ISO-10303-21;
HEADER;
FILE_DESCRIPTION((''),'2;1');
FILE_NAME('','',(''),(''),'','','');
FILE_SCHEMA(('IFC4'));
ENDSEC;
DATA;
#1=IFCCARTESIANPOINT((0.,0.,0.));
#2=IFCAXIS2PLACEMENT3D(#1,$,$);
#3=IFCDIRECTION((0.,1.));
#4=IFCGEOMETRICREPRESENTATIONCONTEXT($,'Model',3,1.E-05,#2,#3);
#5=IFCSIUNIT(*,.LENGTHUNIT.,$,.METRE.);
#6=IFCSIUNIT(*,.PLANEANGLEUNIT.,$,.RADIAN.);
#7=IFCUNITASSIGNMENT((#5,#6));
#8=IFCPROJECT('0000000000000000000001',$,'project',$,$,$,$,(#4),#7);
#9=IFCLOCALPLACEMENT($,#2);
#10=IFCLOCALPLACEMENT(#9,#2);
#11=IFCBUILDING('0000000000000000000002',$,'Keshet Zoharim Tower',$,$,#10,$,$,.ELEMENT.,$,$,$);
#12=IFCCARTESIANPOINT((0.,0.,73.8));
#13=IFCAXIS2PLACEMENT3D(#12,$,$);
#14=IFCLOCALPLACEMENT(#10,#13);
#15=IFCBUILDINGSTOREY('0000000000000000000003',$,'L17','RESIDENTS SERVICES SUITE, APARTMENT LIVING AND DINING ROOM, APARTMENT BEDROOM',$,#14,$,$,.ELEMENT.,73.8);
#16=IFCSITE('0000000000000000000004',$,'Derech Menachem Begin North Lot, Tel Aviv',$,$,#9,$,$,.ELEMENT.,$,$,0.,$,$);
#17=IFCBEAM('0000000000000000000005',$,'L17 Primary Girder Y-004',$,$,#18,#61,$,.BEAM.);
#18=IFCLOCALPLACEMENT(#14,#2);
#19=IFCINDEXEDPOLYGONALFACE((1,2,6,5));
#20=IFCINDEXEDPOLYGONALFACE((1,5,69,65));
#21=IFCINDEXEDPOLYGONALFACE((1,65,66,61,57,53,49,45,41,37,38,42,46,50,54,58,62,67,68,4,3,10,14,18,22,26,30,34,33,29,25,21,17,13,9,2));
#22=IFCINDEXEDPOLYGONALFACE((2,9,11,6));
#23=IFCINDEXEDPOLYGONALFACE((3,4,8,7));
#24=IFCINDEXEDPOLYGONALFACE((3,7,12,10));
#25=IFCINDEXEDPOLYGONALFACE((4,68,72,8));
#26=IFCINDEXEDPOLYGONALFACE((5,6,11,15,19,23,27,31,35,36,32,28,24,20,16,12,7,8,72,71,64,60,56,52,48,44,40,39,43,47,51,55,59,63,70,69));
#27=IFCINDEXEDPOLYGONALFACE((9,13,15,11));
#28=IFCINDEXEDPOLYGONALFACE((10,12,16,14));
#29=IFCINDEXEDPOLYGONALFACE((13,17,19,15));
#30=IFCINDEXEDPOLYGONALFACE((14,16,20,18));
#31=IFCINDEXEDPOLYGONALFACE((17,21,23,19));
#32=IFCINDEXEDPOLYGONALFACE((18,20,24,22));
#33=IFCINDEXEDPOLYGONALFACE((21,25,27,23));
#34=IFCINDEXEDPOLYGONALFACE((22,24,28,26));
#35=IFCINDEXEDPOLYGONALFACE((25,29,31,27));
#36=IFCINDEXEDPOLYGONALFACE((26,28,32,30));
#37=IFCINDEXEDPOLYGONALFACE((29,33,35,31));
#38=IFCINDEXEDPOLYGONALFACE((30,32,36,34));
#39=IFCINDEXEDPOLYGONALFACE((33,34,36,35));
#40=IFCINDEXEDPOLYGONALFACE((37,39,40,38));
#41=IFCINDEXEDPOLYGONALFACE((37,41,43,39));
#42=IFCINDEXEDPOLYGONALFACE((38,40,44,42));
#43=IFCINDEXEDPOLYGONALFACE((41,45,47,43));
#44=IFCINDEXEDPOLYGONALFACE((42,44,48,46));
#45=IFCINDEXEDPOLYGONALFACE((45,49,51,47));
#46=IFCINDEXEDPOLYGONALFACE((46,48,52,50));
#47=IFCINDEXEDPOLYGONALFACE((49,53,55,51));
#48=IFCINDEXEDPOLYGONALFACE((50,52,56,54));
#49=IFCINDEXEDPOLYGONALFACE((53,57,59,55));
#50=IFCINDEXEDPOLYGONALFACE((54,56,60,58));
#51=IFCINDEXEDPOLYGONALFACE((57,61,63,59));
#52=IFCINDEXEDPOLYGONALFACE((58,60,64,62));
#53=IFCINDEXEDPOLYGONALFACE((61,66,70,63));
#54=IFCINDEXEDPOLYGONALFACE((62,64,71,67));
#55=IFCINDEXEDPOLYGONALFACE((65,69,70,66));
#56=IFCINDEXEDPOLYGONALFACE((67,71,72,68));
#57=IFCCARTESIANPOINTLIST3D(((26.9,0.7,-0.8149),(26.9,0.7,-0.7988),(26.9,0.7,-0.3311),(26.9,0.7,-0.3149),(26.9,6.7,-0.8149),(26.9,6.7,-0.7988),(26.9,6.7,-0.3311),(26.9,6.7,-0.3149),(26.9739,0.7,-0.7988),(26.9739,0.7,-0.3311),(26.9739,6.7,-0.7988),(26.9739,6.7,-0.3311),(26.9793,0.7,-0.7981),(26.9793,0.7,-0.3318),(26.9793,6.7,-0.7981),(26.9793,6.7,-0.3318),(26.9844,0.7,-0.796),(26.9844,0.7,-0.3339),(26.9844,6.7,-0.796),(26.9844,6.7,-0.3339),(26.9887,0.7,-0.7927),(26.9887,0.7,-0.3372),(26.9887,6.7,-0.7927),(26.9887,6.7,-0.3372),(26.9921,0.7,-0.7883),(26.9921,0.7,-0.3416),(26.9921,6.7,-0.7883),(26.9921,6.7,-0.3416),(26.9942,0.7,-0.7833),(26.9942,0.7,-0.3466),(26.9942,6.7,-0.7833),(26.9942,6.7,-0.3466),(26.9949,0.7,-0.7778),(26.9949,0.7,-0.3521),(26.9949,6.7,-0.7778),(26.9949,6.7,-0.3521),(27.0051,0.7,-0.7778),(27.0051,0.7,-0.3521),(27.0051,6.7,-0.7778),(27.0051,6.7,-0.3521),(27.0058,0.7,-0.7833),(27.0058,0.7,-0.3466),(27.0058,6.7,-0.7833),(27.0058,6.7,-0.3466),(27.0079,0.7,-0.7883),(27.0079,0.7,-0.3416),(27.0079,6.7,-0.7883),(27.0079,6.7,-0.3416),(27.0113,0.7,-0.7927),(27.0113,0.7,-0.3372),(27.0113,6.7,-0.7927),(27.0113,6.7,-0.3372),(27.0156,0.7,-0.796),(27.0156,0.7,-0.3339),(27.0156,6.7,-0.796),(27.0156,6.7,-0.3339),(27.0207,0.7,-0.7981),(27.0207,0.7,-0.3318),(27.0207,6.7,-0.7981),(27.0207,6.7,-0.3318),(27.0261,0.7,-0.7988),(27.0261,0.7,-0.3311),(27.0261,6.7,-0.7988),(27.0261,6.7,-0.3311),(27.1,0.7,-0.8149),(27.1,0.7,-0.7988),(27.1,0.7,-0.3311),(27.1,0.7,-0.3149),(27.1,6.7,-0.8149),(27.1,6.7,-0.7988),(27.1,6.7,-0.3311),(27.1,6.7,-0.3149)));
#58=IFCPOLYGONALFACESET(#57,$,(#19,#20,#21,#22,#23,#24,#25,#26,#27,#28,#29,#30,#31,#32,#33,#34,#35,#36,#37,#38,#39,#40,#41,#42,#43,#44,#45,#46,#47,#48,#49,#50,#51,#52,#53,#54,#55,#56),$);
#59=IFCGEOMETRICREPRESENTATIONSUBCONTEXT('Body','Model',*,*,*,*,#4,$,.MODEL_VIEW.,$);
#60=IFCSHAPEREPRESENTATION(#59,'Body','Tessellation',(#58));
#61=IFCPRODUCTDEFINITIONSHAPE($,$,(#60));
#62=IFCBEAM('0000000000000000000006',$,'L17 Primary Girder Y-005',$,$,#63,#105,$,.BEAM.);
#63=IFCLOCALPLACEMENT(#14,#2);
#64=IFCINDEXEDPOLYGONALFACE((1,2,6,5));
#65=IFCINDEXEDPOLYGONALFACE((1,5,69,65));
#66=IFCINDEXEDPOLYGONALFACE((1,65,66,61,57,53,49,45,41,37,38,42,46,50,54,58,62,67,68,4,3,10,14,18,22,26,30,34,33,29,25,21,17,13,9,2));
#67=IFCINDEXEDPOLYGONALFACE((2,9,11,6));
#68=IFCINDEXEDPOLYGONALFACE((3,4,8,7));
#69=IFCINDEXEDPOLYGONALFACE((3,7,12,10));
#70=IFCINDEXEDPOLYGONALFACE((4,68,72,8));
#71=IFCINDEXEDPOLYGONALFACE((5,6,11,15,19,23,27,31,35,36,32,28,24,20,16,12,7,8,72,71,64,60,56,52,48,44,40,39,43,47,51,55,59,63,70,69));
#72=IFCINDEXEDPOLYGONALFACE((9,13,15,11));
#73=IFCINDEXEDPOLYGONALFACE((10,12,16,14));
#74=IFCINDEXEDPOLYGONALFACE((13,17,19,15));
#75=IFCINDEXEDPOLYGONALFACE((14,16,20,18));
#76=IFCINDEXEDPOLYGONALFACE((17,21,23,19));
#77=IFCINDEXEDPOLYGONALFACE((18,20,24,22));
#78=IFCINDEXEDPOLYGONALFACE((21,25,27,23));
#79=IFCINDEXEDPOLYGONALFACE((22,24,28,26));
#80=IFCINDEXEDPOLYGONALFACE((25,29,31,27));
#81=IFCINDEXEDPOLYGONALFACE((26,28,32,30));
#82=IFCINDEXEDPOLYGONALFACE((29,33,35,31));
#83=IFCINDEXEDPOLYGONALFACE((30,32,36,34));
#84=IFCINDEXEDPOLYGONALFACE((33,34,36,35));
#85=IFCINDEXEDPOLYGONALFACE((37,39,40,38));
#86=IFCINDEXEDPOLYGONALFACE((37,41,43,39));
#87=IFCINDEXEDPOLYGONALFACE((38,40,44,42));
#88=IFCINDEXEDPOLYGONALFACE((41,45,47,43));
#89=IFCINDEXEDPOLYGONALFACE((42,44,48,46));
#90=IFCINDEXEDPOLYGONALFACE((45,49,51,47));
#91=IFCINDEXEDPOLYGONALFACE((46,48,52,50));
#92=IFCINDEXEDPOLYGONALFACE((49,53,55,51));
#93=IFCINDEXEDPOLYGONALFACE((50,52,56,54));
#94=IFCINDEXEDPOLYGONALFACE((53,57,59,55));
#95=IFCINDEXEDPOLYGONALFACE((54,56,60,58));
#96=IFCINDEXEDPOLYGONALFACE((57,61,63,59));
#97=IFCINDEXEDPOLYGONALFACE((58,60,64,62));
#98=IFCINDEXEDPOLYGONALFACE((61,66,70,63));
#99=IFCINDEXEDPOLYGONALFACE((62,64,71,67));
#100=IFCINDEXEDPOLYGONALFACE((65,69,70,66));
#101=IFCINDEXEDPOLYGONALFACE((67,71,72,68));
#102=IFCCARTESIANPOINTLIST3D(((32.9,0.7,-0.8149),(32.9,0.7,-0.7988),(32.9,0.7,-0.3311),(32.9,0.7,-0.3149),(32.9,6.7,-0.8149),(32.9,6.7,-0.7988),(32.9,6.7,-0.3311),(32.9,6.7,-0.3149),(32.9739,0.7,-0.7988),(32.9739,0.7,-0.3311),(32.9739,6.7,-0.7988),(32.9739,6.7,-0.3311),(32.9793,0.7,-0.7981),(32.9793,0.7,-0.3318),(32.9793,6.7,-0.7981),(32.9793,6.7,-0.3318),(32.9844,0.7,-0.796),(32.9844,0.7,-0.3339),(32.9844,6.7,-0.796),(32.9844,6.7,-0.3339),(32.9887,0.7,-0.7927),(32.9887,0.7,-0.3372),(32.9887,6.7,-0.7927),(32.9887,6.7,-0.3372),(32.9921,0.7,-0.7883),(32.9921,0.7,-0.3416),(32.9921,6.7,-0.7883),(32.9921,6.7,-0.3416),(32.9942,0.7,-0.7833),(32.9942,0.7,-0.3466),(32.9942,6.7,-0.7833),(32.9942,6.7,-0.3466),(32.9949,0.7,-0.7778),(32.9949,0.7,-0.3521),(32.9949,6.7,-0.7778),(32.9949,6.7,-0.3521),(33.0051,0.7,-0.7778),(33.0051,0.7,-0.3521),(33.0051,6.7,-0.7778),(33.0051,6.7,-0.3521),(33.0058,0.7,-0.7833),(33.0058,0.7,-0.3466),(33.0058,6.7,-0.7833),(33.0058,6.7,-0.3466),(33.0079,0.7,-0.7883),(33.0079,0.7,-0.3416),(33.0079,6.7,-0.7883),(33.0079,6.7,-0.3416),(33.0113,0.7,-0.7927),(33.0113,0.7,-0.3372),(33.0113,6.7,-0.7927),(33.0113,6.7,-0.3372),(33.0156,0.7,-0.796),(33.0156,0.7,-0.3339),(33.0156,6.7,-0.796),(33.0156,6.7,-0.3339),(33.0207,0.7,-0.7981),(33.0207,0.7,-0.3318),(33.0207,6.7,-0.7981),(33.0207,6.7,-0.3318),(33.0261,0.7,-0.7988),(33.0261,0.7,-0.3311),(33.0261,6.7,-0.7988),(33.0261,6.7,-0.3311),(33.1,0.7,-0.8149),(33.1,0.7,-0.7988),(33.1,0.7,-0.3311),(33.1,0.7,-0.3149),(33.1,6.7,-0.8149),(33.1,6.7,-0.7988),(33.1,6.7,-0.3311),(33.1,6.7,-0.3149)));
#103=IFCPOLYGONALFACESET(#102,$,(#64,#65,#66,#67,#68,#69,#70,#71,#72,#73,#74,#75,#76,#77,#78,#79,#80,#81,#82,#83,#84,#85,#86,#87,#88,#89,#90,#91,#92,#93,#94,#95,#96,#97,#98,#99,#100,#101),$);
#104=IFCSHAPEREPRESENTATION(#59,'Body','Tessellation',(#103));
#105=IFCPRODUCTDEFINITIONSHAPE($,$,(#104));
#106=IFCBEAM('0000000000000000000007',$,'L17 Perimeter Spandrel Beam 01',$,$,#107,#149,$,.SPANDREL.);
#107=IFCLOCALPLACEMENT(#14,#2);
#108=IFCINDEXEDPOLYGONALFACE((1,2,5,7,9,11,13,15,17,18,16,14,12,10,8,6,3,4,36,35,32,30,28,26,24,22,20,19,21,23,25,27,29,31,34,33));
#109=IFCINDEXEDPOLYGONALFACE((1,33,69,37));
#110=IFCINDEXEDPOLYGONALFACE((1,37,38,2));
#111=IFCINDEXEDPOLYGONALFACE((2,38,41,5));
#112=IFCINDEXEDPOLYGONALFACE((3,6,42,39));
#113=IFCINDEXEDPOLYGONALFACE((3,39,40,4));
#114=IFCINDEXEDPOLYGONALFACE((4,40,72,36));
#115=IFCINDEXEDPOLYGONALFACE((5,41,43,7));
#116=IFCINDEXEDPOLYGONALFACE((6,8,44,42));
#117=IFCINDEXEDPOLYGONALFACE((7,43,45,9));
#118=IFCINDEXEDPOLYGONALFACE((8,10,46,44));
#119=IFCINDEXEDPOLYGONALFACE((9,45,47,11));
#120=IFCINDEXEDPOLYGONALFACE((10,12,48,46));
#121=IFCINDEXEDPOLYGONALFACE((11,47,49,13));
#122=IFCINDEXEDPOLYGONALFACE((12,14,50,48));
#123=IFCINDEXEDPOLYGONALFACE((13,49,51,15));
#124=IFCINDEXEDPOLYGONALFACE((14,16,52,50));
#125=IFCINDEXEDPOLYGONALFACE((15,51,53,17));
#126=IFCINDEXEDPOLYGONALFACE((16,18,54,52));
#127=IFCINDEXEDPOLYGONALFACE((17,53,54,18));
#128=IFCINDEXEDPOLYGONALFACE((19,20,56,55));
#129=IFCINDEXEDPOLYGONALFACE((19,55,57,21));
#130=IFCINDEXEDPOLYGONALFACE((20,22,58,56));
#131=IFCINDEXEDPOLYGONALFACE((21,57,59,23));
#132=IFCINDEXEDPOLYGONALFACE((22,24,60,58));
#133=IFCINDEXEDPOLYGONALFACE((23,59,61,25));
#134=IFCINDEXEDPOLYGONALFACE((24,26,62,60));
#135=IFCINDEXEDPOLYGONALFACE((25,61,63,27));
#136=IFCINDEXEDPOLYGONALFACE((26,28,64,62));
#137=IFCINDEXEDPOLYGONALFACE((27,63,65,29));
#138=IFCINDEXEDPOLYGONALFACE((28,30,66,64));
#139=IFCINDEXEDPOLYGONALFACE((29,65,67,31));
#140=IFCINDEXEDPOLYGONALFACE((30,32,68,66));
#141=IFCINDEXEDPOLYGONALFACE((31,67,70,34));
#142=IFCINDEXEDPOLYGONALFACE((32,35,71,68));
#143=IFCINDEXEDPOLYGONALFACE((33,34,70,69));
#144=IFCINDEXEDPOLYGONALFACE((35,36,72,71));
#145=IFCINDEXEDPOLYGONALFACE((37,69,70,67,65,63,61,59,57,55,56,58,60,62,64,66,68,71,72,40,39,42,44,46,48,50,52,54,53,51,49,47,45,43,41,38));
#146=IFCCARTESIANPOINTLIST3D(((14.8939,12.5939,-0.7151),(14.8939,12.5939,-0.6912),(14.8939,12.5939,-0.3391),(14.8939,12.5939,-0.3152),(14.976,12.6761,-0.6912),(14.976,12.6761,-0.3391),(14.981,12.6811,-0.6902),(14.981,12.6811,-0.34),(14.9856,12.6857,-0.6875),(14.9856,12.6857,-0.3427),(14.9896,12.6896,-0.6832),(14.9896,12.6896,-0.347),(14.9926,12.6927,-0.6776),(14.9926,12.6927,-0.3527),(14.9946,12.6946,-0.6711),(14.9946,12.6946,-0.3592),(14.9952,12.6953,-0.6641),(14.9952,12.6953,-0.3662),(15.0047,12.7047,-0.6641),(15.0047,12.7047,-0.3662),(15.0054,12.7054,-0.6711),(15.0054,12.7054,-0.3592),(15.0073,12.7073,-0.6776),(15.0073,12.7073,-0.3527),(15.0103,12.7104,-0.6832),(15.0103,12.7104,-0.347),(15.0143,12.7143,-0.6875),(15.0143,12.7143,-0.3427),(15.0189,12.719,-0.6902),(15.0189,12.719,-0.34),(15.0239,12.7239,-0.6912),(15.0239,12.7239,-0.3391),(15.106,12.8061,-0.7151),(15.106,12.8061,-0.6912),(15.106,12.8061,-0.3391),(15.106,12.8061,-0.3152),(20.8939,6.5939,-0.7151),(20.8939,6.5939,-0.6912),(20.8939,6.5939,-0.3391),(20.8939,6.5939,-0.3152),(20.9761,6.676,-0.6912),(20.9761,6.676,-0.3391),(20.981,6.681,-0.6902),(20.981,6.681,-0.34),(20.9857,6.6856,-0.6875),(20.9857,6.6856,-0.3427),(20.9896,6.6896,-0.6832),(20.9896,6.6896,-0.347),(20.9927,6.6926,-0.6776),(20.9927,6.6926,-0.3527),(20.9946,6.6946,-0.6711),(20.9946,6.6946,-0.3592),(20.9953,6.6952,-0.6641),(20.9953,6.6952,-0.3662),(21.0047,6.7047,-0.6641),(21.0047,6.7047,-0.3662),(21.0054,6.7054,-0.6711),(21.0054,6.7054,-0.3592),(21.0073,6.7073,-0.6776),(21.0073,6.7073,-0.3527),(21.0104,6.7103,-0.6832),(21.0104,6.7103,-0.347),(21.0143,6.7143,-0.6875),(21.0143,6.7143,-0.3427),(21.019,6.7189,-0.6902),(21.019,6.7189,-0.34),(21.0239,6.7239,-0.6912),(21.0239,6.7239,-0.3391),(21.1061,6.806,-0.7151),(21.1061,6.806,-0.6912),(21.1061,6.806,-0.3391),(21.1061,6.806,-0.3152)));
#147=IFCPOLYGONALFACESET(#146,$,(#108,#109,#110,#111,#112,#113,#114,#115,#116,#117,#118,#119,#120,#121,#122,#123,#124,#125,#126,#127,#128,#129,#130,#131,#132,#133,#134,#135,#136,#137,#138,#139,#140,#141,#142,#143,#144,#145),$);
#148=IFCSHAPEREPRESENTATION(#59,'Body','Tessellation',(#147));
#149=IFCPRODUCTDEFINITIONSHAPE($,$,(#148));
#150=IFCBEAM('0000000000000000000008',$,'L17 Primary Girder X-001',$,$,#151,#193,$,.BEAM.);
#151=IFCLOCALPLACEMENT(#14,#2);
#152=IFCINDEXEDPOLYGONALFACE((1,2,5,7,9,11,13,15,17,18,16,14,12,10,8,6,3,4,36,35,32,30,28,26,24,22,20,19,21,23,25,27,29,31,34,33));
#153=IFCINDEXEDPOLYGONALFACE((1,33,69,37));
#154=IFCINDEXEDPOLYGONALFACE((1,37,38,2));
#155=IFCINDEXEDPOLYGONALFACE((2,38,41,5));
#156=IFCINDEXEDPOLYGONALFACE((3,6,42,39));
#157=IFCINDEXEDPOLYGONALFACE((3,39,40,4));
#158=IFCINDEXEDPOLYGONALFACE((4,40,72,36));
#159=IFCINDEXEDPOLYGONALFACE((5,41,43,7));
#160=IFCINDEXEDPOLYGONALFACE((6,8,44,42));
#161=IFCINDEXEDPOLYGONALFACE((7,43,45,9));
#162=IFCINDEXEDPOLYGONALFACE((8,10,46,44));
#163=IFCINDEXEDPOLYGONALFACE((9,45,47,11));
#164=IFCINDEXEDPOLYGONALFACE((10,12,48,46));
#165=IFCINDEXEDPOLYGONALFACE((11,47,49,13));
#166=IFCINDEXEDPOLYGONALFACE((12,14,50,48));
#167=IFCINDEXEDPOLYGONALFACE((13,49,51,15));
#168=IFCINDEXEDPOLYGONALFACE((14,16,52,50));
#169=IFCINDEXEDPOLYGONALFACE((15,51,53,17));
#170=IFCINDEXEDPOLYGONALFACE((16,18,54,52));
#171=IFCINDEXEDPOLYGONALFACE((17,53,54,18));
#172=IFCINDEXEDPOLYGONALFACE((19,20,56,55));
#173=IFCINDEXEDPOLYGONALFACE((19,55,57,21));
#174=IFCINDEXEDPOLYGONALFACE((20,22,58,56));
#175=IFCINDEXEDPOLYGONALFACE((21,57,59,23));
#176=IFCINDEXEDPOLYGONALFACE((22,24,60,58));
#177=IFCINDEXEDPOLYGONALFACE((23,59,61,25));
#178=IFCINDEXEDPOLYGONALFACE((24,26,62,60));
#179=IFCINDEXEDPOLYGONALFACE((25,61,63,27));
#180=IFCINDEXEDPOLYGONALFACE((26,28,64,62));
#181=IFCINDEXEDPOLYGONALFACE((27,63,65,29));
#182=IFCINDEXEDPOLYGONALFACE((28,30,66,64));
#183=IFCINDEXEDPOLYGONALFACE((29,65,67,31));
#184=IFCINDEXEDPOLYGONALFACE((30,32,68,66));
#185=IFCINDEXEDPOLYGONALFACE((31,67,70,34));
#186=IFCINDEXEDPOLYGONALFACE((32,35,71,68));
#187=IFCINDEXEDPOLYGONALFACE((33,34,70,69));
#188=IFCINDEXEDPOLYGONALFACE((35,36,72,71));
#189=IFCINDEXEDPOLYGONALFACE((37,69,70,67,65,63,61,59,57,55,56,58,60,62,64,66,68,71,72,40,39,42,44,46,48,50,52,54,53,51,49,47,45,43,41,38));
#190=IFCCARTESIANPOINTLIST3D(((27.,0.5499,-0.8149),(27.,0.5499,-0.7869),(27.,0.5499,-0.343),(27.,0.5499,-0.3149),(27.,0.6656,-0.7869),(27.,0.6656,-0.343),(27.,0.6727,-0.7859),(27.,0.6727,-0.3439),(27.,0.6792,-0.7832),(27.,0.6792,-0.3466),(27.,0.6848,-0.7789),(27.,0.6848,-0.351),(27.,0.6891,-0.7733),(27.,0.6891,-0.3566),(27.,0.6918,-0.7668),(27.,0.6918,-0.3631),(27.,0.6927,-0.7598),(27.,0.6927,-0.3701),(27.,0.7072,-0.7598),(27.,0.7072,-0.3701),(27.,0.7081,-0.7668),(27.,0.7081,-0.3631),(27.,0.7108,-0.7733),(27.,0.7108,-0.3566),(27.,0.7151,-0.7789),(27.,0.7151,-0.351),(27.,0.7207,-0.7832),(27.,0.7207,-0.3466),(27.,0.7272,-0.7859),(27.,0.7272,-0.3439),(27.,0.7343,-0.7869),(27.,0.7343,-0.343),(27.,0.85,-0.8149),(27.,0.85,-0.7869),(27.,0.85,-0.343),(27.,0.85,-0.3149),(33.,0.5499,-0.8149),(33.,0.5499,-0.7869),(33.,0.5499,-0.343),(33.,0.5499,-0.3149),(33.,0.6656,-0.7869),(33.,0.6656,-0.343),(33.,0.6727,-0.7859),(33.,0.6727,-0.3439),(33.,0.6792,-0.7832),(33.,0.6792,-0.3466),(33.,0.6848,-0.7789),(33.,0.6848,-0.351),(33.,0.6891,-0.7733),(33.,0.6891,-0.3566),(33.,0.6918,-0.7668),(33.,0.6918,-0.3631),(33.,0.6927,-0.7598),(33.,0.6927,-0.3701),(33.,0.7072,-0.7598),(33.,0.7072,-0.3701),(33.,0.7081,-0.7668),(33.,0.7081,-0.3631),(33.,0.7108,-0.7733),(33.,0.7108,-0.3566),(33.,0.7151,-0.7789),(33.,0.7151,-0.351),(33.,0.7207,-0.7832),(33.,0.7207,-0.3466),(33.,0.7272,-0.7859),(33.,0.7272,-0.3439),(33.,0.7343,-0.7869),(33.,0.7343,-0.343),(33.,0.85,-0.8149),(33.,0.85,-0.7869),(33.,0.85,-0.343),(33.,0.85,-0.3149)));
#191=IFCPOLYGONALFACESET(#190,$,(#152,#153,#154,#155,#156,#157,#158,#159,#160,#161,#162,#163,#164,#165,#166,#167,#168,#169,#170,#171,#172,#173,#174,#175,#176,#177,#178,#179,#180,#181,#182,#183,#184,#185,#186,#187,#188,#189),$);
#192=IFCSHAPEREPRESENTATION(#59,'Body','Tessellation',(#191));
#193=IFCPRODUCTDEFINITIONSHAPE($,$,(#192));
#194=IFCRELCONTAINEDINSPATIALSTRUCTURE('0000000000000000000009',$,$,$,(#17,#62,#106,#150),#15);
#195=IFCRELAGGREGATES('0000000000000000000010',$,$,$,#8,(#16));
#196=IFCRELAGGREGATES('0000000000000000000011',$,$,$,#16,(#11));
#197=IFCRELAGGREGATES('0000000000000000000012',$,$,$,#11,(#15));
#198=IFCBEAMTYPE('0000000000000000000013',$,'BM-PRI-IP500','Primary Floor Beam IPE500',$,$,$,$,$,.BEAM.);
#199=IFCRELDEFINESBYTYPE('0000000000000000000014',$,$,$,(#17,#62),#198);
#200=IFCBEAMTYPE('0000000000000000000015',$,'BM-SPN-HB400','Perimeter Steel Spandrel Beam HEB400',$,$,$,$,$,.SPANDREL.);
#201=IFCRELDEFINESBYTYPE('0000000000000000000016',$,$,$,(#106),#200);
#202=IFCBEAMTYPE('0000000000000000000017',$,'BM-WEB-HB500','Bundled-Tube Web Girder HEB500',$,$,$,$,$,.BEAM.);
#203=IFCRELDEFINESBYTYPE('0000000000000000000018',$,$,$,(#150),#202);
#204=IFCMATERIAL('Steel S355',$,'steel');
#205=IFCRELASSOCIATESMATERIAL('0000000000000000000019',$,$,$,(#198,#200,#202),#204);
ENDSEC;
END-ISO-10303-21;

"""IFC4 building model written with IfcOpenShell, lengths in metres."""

from ifc_helpers import new_model, si_unit, direction, frame, origin, origin_2d, place, context, subcontext, project, spatial, i_section, extrude, material, material_profile, profile_set, type_object, element, save


model = new_model("IFC4")

# Units and contexts
model_context = context("Model", 3, precision=1e-05, world=origin(), true_north=direction((0.0, 1.0)))
body_context = subcontext(model_context, "Body", "Model", "MODEL_VIEW")
ifc_project = project(units=[si_unit("LENGTHUNIT", "METRE"), si_unit("PLANEANGLEUNIT", "RADIAN")], contexts=[model_context])

# Site, building, storey
site_placement = place(None, origin())
site = spatial("IfcSite", under=ifc_project, at=site_placement, Name="Derech Menachem Begin North Lot, Tel Aviv", CompositionType="ELEMENT", RefElevation=0.0)
building_placement = place(site_placement, origin())
building = spatial("IfcBuilding", under=site, at=building_placement, Name="Keshet Zoharim Tower", CompositionType="ELEMENT")
storey_placement = place(building_placement, frame((0.0, 0.0, 73.8)))
storey = spatial("IfcBuildingStorey", under=building, at=storey_placement, Name="L17", Description="RESIDENTS SERVICES SUITE, APARTMENT LIVING AND DINING ROOM, APARTMENT BEDROOM", CompositionType="ELEMENT", Elevation=73.8)

# Shared definitions
ifc_material_1 = material(Name="Steel S355", Category="steel")

# Beams
ifc_material_profile_1 = material_profile(ifc_material_1, i_section(OverallWidth=0.2, OverallDepth=0.5, WebThickness=0.0103, FlangeThickness=0.0161, FilletRadius=0.021, at=origin_2d()), Name="IPE500")
ifc_profile_set_1 = profile_set([ifc_material_profile_1], Name="Steel S355")
beam_type_1 = type_object("IfcBeamType", Name="BM-PRI-IP500", Description="Primary Floor Beam IPE500", PredefinedType="BEAM", material=ifc_profile_set_1)
for number, where, z_axis, x_axis, name in (
    (1, (27.0, 0.7, -0.5649), (0.0, 1.0, 0.0), (-1.0, 0.0, 0.0), "L17 Primary Girder Y-004"),
    (2, (33.0, 0.7, -0.5649), (0.0, 1.0, 0.0), (-1.0, 0.0, 0.0), "L17 Primary Girder Y-005"),
):
    element("IfcBeam", number, at=place(storey_placement, frame(where, z_axis=z_axis, x_axis=x_axis)), inside=storey, type_object=beam_type_1, Name=name, PredefinedType="BEAM", context=body_context, shape_type="SweptSolid", body=[
        extrude(i_section(OverallWidth=0.2, OverallDepth=0.5, WebThickness=0.0103, FlangeThickness=0.0161, FilletRadius=0.021, at=origin_2d()), origin(), (0.0, 0.0, 1.0), 6.0),
    ])
ifc_material_profile_2 = material_profile(ifc_material_1, i_section(OverallWidth=0.3, OverallDepth=0.3999, WebThickness=0.0134, FlangeThickness=0.0239, FilletRadius=0.0271, at=origin_2d()), Name="HEB400")
ifc_profile_set_2 = profile_set([ifc_material_profile_2], Name="Steel S355")
beam_type_2 = type_object("IfcBeamType", Name="BM-SPN-HB400", Description="Perimeter Steel Spandrel Beam HEB400", PredefinedType="SPANDREL", material=ifc_profile_set_2)
beam_placement = place(storey_placement, frame((21.0, 6.7, -0.5151), z_axis=(-0.707107, 0.707107, 0.0), x_axis=(-0.707107, -0.707107, 0.0)))
element("IfcBeam", 3, at=beam_placement, inside=storey, type_object=beam_type_2, Name="L17 Perimeter Spandrel Beam 01", PredefinedType="SPANDREL", context=body_context, shape_type="SweptSolid", body=[
    extrude(i_section(OverallWidth=0.3, OverallDepth=0.3999, WebThickness=0.0134, FlangeThickness=0.0239, FilletRadius=0.0271, at=origin_2d()), origin(), (0.0, 0.0, 1.0), 8.4854),
])
ifc_material_profile_3 = material_profile(ifc_material_1, i_section(OverallWidth=0.3, OverallDepth=0.5, WebThickness=0.0144, FlangeThickness=0.0281, FilletRadius=0.0271, at=origin_2d()), Name="HEB500")
ifc_profile_set_3 = profile_set([ifc_material_profile_3], Name="Steel S355")
beam_type_3 = type_object("IfcBeamType", Name="BM-WEB-HB500", Description="Bundled-Tube Web Girder HEB500", PredefinedType="BEAM", material=ifc_profile_set_3)
for number, where, z_axis, x_axis, name in (
    (4, (27.0, 0.7, -0.5649), (1.0, 0.0, 0.0), (0.0, 1.0, 0.0), "L17 Primary Girder X-001"),
):
    element("IfcBeam", number, at=place(storey_placement, frame(where, z_axis=z_axis, x_axis=x_axis)), inside=storey, type_object=beam_type_3, Name=name, PredefinedType="BEAM", context=body_context, shape_type="SweptSolid", body=[
        extrude(i_section(OverallWidth=0.3, OverallDepth=0.5, WebThickness=0.0144, FlangeThickness=0.0281, FilletRadius=0.0271, at=origin_2d()), origin(), (0.0, 0.0, 1.0), 6.0),
    ])

save(model, "model.ifc")
